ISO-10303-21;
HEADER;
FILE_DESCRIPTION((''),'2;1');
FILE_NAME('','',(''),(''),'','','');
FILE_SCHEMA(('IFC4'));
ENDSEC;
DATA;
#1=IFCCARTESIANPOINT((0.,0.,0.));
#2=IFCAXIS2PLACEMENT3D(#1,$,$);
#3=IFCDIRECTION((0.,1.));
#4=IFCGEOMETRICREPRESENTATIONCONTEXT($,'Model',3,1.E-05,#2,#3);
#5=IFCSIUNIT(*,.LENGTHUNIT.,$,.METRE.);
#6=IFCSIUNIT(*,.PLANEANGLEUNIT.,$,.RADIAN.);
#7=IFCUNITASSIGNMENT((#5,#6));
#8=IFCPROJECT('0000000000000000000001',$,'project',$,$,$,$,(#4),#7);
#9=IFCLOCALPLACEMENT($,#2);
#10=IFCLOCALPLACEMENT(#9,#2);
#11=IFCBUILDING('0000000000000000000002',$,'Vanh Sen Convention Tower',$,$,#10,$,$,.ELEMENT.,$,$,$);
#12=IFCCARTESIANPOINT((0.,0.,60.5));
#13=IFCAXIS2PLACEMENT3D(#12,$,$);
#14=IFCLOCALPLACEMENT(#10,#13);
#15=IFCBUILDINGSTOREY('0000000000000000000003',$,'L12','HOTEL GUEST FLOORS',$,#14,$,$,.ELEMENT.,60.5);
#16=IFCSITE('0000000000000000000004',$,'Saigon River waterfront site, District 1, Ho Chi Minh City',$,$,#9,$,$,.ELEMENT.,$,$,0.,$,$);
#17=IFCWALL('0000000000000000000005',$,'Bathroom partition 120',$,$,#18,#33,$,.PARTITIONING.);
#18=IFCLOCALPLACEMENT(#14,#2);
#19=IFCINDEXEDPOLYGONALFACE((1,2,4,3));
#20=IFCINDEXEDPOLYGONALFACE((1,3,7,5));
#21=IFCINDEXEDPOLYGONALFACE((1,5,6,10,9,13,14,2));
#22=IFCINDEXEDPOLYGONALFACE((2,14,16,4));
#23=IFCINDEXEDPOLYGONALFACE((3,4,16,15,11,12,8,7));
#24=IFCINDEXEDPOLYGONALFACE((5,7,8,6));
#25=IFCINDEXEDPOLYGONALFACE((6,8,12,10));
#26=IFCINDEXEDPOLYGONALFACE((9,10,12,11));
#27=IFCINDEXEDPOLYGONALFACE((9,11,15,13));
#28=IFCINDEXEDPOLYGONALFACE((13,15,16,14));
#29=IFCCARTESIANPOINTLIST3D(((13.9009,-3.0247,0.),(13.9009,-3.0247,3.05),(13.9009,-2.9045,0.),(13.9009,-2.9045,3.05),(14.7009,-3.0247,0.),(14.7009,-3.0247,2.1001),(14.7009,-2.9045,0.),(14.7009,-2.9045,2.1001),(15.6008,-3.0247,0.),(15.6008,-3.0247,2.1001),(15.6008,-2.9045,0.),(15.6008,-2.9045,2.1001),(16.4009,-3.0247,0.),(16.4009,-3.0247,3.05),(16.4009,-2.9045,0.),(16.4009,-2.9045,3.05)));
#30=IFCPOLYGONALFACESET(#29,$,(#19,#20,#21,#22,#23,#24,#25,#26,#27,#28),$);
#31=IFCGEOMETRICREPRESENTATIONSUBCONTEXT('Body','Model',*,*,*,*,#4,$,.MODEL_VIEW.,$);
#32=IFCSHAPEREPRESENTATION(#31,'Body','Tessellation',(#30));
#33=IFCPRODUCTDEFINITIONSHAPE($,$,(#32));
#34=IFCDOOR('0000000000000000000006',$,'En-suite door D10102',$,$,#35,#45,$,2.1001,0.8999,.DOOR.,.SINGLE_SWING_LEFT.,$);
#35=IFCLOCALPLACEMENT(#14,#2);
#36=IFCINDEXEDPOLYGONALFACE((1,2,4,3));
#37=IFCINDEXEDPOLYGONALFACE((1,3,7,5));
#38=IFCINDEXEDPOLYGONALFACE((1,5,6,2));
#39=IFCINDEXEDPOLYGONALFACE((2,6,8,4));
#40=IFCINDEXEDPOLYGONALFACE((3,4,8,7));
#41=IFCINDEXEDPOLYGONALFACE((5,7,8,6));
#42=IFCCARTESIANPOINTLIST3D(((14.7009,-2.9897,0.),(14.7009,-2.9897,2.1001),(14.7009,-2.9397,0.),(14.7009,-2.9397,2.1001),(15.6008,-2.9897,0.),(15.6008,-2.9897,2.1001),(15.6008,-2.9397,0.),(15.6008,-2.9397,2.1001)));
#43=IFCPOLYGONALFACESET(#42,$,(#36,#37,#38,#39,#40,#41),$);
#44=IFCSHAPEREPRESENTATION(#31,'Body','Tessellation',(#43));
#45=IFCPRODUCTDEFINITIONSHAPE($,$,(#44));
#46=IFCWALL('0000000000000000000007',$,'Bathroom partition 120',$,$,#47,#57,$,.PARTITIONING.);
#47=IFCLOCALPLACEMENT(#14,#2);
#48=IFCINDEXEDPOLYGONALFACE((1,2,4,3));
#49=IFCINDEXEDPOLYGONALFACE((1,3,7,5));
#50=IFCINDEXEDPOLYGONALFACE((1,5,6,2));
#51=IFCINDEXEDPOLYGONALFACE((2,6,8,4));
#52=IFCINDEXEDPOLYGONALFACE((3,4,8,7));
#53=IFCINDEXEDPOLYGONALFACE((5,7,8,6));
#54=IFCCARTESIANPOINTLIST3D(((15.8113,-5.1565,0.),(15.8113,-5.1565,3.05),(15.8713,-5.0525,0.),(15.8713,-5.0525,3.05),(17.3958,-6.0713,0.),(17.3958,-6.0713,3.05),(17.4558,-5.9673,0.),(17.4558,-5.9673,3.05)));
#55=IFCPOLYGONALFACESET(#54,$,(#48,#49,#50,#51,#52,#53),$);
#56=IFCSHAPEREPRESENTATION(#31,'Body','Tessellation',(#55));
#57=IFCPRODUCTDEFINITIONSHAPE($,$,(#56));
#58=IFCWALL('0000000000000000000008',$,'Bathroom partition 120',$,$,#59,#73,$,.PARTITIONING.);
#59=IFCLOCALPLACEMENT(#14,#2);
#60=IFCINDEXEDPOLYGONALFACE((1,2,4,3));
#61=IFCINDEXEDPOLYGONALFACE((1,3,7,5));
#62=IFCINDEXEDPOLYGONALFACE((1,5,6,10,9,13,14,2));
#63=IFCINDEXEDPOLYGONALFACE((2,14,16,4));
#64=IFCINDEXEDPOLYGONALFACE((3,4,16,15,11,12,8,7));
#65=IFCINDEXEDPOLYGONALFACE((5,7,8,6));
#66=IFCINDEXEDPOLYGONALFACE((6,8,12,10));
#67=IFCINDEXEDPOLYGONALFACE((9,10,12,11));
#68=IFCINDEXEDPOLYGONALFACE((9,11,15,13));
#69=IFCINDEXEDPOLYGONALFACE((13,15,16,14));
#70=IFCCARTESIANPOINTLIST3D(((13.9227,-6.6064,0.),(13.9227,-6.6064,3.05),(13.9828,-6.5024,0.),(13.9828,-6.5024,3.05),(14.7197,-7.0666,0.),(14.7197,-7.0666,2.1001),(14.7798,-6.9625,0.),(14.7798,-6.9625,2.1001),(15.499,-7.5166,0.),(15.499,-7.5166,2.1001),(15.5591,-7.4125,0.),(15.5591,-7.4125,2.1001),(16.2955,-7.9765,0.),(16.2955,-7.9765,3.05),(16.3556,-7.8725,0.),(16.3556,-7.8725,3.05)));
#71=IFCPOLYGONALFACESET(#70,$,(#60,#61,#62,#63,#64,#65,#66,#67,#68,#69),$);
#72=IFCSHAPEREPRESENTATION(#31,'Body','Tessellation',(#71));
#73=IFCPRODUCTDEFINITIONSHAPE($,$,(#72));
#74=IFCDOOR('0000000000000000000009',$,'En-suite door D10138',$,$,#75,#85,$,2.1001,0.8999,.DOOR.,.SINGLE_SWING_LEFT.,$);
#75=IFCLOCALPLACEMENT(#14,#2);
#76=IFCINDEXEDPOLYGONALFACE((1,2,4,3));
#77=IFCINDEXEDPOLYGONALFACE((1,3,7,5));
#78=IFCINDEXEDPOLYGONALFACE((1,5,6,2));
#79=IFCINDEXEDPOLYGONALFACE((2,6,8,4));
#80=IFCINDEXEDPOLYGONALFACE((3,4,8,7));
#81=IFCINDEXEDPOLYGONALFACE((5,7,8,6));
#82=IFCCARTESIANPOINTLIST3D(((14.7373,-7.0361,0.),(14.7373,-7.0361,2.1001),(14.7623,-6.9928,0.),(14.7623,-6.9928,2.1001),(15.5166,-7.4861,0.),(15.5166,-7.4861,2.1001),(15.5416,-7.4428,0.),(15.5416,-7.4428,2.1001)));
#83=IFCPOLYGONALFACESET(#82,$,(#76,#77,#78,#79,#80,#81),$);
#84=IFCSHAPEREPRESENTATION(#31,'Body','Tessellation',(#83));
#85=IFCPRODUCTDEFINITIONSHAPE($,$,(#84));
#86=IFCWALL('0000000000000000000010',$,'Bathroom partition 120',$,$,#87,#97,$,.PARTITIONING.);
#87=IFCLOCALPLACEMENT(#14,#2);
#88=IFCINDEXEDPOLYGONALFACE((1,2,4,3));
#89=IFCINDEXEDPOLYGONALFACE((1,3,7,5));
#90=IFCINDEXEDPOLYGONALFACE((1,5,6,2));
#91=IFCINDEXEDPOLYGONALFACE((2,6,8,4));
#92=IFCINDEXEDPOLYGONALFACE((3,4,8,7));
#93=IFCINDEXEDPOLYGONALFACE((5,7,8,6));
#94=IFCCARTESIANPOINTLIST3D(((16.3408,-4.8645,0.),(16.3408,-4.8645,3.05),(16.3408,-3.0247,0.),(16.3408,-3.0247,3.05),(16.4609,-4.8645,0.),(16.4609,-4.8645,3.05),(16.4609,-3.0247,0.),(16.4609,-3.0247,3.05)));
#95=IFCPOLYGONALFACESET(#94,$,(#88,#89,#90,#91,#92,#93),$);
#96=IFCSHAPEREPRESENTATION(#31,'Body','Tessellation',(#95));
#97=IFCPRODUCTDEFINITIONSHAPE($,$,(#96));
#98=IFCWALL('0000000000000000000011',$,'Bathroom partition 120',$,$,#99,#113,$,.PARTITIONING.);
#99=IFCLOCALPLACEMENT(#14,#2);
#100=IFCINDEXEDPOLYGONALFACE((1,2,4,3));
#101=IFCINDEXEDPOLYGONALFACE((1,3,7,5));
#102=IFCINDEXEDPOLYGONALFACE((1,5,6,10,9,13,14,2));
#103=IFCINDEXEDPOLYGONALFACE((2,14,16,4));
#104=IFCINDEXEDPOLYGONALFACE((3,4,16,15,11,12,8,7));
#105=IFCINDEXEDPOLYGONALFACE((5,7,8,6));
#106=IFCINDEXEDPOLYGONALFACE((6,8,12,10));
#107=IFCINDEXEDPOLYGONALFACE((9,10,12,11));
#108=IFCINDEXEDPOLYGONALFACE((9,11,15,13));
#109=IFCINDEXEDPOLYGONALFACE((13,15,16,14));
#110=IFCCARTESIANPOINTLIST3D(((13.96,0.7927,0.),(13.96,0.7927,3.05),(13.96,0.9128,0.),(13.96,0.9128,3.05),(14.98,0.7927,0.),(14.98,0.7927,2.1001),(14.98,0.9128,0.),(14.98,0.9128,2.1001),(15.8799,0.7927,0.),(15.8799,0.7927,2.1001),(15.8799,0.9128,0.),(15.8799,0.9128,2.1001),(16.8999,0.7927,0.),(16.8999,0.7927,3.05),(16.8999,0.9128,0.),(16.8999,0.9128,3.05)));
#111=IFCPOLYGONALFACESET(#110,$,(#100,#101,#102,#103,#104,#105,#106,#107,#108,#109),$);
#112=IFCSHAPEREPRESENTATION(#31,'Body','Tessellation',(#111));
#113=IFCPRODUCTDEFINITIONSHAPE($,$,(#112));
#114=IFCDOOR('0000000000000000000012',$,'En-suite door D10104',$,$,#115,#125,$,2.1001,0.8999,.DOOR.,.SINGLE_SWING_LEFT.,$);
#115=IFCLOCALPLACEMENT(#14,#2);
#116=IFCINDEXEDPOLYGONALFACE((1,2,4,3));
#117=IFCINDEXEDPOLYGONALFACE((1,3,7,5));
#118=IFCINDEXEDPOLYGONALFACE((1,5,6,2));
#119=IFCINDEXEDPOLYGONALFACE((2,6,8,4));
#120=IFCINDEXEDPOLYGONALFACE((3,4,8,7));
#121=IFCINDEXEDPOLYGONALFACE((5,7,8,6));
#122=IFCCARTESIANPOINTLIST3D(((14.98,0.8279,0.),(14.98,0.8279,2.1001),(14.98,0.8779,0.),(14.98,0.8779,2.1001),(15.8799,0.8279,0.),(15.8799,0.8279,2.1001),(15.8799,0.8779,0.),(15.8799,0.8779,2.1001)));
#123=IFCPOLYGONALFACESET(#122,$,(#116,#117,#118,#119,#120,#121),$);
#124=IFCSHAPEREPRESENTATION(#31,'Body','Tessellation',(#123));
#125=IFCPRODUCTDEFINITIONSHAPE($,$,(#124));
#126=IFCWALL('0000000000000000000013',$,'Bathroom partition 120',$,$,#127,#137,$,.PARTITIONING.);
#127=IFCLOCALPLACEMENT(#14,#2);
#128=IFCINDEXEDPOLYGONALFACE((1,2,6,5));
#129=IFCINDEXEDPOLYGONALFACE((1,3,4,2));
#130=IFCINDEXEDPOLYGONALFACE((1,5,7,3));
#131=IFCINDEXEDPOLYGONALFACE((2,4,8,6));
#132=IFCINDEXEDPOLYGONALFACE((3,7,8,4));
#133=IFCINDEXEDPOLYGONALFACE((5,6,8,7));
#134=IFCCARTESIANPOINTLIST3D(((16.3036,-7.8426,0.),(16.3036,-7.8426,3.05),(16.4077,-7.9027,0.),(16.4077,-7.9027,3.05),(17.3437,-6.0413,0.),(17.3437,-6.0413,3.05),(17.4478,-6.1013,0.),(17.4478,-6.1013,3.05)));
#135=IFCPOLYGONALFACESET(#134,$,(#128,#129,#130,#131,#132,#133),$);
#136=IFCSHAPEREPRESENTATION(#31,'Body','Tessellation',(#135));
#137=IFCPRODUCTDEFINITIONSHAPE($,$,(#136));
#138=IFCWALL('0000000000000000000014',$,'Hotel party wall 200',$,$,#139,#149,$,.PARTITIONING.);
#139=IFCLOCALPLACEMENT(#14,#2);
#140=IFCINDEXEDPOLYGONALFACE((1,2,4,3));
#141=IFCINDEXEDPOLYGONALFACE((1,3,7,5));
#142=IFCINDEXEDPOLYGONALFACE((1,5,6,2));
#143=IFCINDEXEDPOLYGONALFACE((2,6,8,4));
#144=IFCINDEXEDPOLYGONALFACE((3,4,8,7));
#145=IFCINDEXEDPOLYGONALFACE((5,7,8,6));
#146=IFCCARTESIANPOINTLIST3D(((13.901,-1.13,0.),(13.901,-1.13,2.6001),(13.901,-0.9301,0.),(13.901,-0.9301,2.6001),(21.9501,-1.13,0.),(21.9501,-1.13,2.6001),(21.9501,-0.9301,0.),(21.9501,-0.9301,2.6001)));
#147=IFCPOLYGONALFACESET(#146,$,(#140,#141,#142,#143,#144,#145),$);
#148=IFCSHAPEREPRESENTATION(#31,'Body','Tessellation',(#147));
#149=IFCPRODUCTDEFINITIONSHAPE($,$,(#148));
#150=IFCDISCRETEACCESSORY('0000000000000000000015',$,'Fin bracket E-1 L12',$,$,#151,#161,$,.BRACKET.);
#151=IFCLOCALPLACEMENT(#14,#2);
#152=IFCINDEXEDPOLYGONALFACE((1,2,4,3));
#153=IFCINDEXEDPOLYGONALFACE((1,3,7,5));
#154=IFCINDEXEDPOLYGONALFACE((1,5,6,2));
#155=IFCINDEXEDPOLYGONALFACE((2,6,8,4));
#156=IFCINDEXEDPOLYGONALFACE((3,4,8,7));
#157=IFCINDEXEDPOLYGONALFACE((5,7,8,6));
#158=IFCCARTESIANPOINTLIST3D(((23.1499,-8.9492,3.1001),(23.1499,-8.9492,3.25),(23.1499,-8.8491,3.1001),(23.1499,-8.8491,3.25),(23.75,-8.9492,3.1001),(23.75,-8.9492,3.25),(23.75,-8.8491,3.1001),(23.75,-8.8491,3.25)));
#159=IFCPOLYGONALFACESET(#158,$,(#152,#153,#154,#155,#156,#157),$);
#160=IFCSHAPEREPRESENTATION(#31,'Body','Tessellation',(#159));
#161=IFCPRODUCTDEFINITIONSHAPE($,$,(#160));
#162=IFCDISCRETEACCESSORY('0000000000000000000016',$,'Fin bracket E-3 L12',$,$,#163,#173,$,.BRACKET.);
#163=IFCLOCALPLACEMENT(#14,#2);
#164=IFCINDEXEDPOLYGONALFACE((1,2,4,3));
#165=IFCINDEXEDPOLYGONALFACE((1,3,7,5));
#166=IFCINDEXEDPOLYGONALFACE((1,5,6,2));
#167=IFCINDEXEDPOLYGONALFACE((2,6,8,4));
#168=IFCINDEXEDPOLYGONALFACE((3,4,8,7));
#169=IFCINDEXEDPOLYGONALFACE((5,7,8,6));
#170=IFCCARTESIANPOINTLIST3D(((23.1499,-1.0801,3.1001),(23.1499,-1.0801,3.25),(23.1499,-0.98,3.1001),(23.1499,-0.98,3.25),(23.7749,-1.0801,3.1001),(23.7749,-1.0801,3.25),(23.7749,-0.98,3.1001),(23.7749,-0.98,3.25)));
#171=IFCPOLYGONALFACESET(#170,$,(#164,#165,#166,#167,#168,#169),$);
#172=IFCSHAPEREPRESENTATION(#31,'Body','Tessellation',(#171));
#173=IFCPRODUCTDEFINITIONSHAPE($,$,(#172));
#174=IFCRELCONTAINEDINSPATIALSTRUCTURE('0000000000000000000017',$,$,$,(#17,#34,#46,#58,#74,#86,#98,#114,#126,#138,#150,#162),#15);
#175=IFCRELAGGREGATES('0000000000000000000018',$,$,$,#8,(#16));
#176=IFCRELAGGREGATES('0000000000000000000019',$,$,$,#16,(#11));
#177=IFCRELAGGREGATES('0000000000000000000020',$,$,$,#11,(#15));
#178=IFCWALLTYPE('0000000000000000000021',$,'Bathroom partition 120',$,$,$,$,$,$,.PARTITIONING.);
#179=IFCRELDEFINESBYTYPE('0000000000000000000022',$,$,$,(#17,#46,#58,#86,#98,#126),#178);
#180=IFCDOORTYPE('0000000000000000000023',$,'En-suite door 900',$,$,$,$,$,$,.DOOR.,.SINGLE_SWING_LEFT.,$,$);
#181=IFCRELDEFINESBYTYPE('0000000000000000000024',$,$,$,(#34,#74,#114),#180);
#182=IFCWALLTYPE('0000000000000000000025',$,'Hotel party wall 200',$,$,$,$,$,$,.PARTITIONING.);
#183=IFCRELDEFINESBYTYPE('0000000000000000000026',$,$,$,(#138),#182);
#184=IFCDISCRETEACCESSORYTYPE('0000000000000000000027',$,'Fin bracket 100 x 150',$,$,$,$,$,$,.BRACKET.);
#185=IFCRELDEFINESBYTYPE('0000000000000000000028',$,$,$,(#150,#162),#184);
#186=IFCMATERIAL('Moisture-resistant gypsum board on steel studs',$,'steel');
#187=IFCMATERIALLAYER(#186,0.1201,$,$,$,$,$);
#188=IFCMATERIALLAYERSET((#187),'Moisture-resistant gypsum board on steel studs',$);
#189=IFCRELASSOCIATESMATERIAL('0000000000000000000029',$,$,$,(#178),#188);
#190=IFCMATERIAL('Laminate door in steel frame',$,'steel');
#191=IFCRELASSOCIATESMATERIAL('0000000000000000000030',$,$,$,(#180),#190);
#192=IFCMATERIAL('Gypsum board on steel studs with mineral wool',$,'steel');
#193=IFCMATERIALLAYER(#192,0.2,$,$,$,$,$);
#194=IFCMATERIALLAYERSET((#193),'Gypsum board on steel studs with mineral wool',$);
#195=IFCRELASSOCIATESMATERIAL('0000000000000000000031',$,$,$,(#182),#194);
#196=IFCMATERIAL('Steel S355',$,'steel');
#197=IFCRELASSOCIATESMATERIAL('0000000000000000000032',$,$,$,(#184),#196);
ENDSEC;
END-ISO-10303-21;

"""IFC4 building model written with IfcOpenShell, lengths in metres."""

from ifc_helpers import new_model, si_unit, direction, frame, frame_2d, origin, origin_2d, place, context, subcontext, project, spatial, rectangle, extrude, material, layer, layer_set, type_object, element, fill, save


model = new_model("IFC4")

# Units and contexts
model_context = context("Model", 3, precision=1e-05, world=origin(), true_north=direction((0.0, 1.0)))
body_context = subcontext(model_context, "Body", "Model", "MODEL_VIEW")
ifc_project = project(units=[si_unit("LENGTHUNIT", "METRE"), si_unit("PLANEANGLEUNIT", "RADIAN")], contexts=[model_context])

# Site, building, storey
site_placement = place(None, origin())
site = spatial("IfcSite", under=ifc_project, at=site_placement, Name="Saigon River waterfront site, District 1, Ho Chi Minh City", CompositionType="ELEMENT", RefElevation=0.0)
building_placement = place(site_placement, origin())
building = spatial("IfcBuilding", under=site, at=building_placement, Name="Vanh Sen Convention Tower", CompositionType="ELEMENT")
storey_placement = place(building_placement, frame((0.0, 0.0, 60.5)))
storey = spatial("IfcBuildingStorey", under=building, at=storey_placement, Name="L12", Description="HOTEL GUEST FLOORS", CompositionType="ELEMENT", Elevation=60.5)

# Wall, opening, door
ifc_material_1 = material(Name="Moisture-resistant gypsum board on steel studs", Category="steel")
ifc_layer_1 = layer(ifc_material_1, 0.1201)
ifc_layer_set_1 = layer_set([ifc_layer_1], Name="Moisture-resistant gypsum board on steel studs")
wall_type_1 = type_object("IfcWallType", Name="Bathroom partition 120", PredefinedType="PARTITIONING", material=ifc_layer_set_1)
wall_1_placement = place(storey_placement, frame((13.9009, -2.9646, 0.0), z_axis=(0.0, 0.0, 1.0), x_axis=(1.0, 0.0, 0.0)))
wall_1 = element("IfcWall", 1, at=wall_1_placement, inside=storey, type_object=wall_type_1, Name="Bathroom partition 120", PredefinedType="PARTITIONING", context=body_context, shape_type="SweptSolid", body=[
    extrude(rectangle(XDim=2.5, YDim=0.1201, at=frame_2d((1.25, 0.0))), origin(), (0.0, 0.0, 1.0), 3.05),
])
opening_1_placement = place(wall_1_placement, frame((0.8, 0.0, 0.0)))
opening_1 = element("IfcOpeningElement", 2, at=opening_1_placement, cuts=wall_1, PredefinedType="OPENING", context=body_context, shape_type="SweptSolid", body=[
    extrude(rectangle(XDim=0.8999, YDim=2.1001, at=frame_2d((0.45, 1.05))), frame((0.0, 0.0701, 0.0), z_axis=(0.0, -1.0, 0.0), x_axis=(1.0, 0.0, 0.0)), (0.0, 0.0, 1.0), 0.1401),
])
ifc_material_2 = material(Name="Laminate door in steel frame", Category="steel")
door_type = type_object("IfcDoorType", Name="En-suite door 900", OperationType="SINGLE_SWING_LEFT", PredefinedType="DOOR", material=ifc_material_2)
door_1_placement = place(opening_1_placement, origin())
door_1 = element("IfcDoor", 3, at=door_1_placement, inside=storey, type_object=door_type, Name="En-suite door D10102", OperationType="SINGLE_SWING_LEFT", OverallHeight=2.1001, OverallWidth=0.8999, PredefinedType="DOOR", context=body_context, shape_type="SweptSolid", body=[
    extrude(rectangle(XDim=0.8999, YDim=2.1001, at=frame_2d((0.45, 1.05))), frame((0.0, 0.0249, 0.0), z_axis=(0.0, -1.0, 0.0), x_axis=(1.0, 0.0, 0.0)), (0.0, 0.0, 1.0), 0.05),
])
fill(opening_1, door_1)

# Wall
wall_2_placement = place(storey_placement, frame((15.8413, -5.1045, 0.0), z_axis=(0.0, 0.0, 1.0), x_axis=(0.866026, -0.5, 0.0)))
element("IfcWall", 4, at=wall_2_placement, inside=storey, type_object=wall_type_1, Name="Bathroom partition 120", PredefinedType="PARTITIONING", context=body_context, shape_type="SweptSolid", body=[
    extrude(rectangle(XDim=1.8296, YDim=0.1201, at=frame_2d((0.9148, 0.0))), origin(), (0.0, 0.0, 1.0), 3.05),
])

# Wall, opening, door
wall_3_placement = place(storey_placement, frame((16.3257, -7.9246, 0.0), z_axis=(0.0, 0.0, 1.0), x_axis=(-0.865997, 0.500049, 0.0)))
wall_3 = element("IfcWall", 5, at=wall_3_placement, inside=storey, type_object=wall_type_1, Name="Bathroom partition 120", PredefinedType="PARTITIONING", context=body_context, shape_type="SweptSolid", body=[
    extrude(rectangle(XDim=2.74, YDim=0.1201, at=frame_2d((1.3701, 0.0))), origin(), (0.0, 0.0, 1.0), 3.05),
])
opening_2_placement = place(wall_3_placement, frame((0.9199, 0.0, 0.0)))
opening_2 = element("IfcOpeningElement", 6, at=opening_2_placement, cuts=wall_3, PredefinedType="OPENING", context=body_context, shape_type="SweptSolid", body=[
    extrude(rectangle(XDim=0.8999, YDim=2.1001, at=frame_2d((0.45, 1.05))), frame((0.0, 0.0701, 0.0), z_axis=(0.0, -1.0, 0.0), x_axis=(1.0, 0.0, 0.0)), (0.0, 0.0, 1.0), 0.1401),
])
door_2_placement = place(opening_2_placement, origin())
door_2 = element("IfcDoor", 7, at=door_2_placement, inside=storey, type_object=door_type, Name="En-suite door D10138", OperationType="SINGLE_SWING_LEFT", OverallHeight=2.1001, OverallWidth=0.8999, PredefinedType="DOOR", context=body_context, shape_type="SweptSolid", body=[
    extrude(rectangle(XDim=0.8999, YDim=2.1001, at=frame_2d((0.45, 1.05))), frame((0.0, 0.0249, 0.0), z_axis=(0.0, -1.0, 0.0), x_axis=(1.0, 0.0, 0.0)), (0.0, 0.0, 1.0), 0.05),
])
fill(opening_2, door_2)

# Wall
wall_4_placement = place(storey_placement, frame((16.4009, -3.0247, 0.0), z_axis=(0.0, 0.0, 1.0), x_axis=(0.0, -1.0, 0.0)))
element("IfcWall", 8, at=wall_4_placement, inside=storey, type_object=wall_type_1, Name="Bathroom partition 120", PredefinedType="PARTITIONING", context=body_context, shape_type="SweptSolid", body=[
    extrude(rectangle(XDim=1.8398, YDim=0.1201, at=frame_2d((0.9199, 0.0))), origin(), (0.0, 0.0, 1.0), 3.05),
])

# Wall, opening, door
wall_5_placement = place(storey_placement, frame((16.8999, 0.8528, 0.0), z_axis=(0.0, 0.0, 1.0), x_axis=(-1.0, 0.0, 0.0)))
wall_5 = element("IfcWall", 9, at=wall_5_placement, inside=storey, type_object=wall_type_1, Name="Bathroom partition 120", PredefinedType="PARTITIONING", context=body_context, shape_type="SweptSolid", body=[
    extrude(rectangle(XDim=2.9399, YDim=0.1201, at=frame_2d((1.47, 0.0))), origin(), (0.0, 0.0, 1.0), 3.05),
])
opening_3_placement = place(wall_5_placement, frame((1.02, 0.0, 0.0)))
opening_3 = element("IfcOpeningElement", 10, at=opening_3_placement, cuts=wall_5, PredefinedType="OPENING", context=body_context, shape_type="SweptSolid", body=[
    extrude(rectangle(XDim=0.8999, YDim=2.1001, at=frame_2d((0.45, 1.05))), frame((0.0, 0.0701, 0.0), z_axis=(0.0, -1.0, 0.0), x_axis=(1.0, 0.0, 0.0)), (0.0, 0.0, 1.0), 0.1401),
])
door_3_placement = place(opening_3_placement, origin())
door_3 = element("IfcDoor", 11, at=door_3_placement, inside=storey, type_object=door_type, Name="En-suite door D10104", OperationType="SINGLE_SWING_LEFT", OverallHeight=2.1001, OverallWidth=0.8999, PredefinedType="DOOR", context=body_context, shape_type="SweptSolid", body=[
    extrude(rectangle(XDim=0.8999, YDim=2.1001, at=frame_2d((0.45, 1.05))), frame((0.0, 0.0249, 0.0), z_axis=(0.0, -1.0, 0.0), x_axis=(1.0, 0.0, 0.0)), (0.0, 0.0, 1.0), 0.05),
])
fill(opening_3, door_3)

# Walls
wall_6_placement = place(storey_placement, frame((17.3958, -6.0713, 0.0), z_axis=(0.0, 0.0, 1.0), x_axis=(-0.500027, -0.86601, 0.0)))
element("IfcWall", 12, at=wall_6_placement, inside=storey, type_object=wall_type_1, Name="Bathroom partition 120", PredefinedType="PARTITIONING", context=body_context, shape_type="SweptSolid", body=[
    extrude(rectangle(XDim=2.0801, YDim=0.1201, at=frame_2d((1.04, 0.0))), origin(), (0.0, 0.0, 1.0), 3.05),
])
ifc_material_3 = material(Name="Gypsum board on steel studs with mineral wool", Category="steel")
ifc_layer_2 = layer(ifc_material_3, 0.2)
ifc_layer_set_2 = layer_set([ifc_layer_2], Name="Gypsum board on steel studs with mineral wool")
wall_type_2 = type_object("IfcWallType", Name="Hotel party wall 200", PredefinedType="PARTITIONING", material=ifc_layer_set_2)
wall_7_placement = place(storey_placement, frame((21.95, -1.03, 0.0), z_axis=(0.0, 0.0, 1.0), x_axis=(-1.0, 0.0, 0.0)))
element("IfcWall", 13, at=wall_7_placement, inside=storey, type_object=wall_type_2, Name="Hotel party wall 200", PredefinedType="PARTITIONING", context=body_context, shape_type="SweptSolid", body=[
    extrude(rectangle(XDim=8.0491, YDim=0.2, at=frame_2d((4.0244, 0.0))), origin(), (0.0, 0.0, 1.0), 2.6001),
])

# Discrete accessories
ifc_material_4 = material(Name="Steel S355", Category="steel")
discrete_accessory_type = type_object("IfcDiscreteAccessoryType", Name="Fin bracket 100 x 150", PredefinedType="BRACKET", material=ifc_material_4)
discrete_accessory_1_placement = place(storey_placement, frame((23.45, -8.8992, 3.1001), z_axis=(0.0, 0.0, 1.0), x_axis=(1.0, 0.0, 0.0)))
element("IfcDiscreteAccessory", 14, at=discrete_accessory_1_placement, inside=storey, type_object=discrete_accessory_type, Name="Fin bracket E-1 L12", PredefinedType="BRACKET", context=body_context, shape_type="SweptSolid", body=[
    extrude(rectangle(XDim=0.6001, YDim=0.1001, at=origin_2d()), origin(), (0.0, 0.0, 1.0), 0.1499),
])
discrete_accessory_2_placement = place(storey_placement, frame((23.4624, -1.03, 3.1001), z_axis=(0.0, 0.0, 1.0), x_axis=(1.0, 0.0, 0.0)))
element("IfcDiscreteAccessory", 15, at=discrete_accessory_2_placement, inside=storey, type_object=discrete_accessory_type, Name="Fin bracket E-3 L12", PredefinedType="BRACKET", context=body_context, shape_type="SweptSolid", body=[
    extrude(rectangle(XDim=0.625, YDim=0.1001, at=origin_2d()), origin(), (0.0, 0.0, 1.0), 0.1499),
])

save(model, "model.ifc")
